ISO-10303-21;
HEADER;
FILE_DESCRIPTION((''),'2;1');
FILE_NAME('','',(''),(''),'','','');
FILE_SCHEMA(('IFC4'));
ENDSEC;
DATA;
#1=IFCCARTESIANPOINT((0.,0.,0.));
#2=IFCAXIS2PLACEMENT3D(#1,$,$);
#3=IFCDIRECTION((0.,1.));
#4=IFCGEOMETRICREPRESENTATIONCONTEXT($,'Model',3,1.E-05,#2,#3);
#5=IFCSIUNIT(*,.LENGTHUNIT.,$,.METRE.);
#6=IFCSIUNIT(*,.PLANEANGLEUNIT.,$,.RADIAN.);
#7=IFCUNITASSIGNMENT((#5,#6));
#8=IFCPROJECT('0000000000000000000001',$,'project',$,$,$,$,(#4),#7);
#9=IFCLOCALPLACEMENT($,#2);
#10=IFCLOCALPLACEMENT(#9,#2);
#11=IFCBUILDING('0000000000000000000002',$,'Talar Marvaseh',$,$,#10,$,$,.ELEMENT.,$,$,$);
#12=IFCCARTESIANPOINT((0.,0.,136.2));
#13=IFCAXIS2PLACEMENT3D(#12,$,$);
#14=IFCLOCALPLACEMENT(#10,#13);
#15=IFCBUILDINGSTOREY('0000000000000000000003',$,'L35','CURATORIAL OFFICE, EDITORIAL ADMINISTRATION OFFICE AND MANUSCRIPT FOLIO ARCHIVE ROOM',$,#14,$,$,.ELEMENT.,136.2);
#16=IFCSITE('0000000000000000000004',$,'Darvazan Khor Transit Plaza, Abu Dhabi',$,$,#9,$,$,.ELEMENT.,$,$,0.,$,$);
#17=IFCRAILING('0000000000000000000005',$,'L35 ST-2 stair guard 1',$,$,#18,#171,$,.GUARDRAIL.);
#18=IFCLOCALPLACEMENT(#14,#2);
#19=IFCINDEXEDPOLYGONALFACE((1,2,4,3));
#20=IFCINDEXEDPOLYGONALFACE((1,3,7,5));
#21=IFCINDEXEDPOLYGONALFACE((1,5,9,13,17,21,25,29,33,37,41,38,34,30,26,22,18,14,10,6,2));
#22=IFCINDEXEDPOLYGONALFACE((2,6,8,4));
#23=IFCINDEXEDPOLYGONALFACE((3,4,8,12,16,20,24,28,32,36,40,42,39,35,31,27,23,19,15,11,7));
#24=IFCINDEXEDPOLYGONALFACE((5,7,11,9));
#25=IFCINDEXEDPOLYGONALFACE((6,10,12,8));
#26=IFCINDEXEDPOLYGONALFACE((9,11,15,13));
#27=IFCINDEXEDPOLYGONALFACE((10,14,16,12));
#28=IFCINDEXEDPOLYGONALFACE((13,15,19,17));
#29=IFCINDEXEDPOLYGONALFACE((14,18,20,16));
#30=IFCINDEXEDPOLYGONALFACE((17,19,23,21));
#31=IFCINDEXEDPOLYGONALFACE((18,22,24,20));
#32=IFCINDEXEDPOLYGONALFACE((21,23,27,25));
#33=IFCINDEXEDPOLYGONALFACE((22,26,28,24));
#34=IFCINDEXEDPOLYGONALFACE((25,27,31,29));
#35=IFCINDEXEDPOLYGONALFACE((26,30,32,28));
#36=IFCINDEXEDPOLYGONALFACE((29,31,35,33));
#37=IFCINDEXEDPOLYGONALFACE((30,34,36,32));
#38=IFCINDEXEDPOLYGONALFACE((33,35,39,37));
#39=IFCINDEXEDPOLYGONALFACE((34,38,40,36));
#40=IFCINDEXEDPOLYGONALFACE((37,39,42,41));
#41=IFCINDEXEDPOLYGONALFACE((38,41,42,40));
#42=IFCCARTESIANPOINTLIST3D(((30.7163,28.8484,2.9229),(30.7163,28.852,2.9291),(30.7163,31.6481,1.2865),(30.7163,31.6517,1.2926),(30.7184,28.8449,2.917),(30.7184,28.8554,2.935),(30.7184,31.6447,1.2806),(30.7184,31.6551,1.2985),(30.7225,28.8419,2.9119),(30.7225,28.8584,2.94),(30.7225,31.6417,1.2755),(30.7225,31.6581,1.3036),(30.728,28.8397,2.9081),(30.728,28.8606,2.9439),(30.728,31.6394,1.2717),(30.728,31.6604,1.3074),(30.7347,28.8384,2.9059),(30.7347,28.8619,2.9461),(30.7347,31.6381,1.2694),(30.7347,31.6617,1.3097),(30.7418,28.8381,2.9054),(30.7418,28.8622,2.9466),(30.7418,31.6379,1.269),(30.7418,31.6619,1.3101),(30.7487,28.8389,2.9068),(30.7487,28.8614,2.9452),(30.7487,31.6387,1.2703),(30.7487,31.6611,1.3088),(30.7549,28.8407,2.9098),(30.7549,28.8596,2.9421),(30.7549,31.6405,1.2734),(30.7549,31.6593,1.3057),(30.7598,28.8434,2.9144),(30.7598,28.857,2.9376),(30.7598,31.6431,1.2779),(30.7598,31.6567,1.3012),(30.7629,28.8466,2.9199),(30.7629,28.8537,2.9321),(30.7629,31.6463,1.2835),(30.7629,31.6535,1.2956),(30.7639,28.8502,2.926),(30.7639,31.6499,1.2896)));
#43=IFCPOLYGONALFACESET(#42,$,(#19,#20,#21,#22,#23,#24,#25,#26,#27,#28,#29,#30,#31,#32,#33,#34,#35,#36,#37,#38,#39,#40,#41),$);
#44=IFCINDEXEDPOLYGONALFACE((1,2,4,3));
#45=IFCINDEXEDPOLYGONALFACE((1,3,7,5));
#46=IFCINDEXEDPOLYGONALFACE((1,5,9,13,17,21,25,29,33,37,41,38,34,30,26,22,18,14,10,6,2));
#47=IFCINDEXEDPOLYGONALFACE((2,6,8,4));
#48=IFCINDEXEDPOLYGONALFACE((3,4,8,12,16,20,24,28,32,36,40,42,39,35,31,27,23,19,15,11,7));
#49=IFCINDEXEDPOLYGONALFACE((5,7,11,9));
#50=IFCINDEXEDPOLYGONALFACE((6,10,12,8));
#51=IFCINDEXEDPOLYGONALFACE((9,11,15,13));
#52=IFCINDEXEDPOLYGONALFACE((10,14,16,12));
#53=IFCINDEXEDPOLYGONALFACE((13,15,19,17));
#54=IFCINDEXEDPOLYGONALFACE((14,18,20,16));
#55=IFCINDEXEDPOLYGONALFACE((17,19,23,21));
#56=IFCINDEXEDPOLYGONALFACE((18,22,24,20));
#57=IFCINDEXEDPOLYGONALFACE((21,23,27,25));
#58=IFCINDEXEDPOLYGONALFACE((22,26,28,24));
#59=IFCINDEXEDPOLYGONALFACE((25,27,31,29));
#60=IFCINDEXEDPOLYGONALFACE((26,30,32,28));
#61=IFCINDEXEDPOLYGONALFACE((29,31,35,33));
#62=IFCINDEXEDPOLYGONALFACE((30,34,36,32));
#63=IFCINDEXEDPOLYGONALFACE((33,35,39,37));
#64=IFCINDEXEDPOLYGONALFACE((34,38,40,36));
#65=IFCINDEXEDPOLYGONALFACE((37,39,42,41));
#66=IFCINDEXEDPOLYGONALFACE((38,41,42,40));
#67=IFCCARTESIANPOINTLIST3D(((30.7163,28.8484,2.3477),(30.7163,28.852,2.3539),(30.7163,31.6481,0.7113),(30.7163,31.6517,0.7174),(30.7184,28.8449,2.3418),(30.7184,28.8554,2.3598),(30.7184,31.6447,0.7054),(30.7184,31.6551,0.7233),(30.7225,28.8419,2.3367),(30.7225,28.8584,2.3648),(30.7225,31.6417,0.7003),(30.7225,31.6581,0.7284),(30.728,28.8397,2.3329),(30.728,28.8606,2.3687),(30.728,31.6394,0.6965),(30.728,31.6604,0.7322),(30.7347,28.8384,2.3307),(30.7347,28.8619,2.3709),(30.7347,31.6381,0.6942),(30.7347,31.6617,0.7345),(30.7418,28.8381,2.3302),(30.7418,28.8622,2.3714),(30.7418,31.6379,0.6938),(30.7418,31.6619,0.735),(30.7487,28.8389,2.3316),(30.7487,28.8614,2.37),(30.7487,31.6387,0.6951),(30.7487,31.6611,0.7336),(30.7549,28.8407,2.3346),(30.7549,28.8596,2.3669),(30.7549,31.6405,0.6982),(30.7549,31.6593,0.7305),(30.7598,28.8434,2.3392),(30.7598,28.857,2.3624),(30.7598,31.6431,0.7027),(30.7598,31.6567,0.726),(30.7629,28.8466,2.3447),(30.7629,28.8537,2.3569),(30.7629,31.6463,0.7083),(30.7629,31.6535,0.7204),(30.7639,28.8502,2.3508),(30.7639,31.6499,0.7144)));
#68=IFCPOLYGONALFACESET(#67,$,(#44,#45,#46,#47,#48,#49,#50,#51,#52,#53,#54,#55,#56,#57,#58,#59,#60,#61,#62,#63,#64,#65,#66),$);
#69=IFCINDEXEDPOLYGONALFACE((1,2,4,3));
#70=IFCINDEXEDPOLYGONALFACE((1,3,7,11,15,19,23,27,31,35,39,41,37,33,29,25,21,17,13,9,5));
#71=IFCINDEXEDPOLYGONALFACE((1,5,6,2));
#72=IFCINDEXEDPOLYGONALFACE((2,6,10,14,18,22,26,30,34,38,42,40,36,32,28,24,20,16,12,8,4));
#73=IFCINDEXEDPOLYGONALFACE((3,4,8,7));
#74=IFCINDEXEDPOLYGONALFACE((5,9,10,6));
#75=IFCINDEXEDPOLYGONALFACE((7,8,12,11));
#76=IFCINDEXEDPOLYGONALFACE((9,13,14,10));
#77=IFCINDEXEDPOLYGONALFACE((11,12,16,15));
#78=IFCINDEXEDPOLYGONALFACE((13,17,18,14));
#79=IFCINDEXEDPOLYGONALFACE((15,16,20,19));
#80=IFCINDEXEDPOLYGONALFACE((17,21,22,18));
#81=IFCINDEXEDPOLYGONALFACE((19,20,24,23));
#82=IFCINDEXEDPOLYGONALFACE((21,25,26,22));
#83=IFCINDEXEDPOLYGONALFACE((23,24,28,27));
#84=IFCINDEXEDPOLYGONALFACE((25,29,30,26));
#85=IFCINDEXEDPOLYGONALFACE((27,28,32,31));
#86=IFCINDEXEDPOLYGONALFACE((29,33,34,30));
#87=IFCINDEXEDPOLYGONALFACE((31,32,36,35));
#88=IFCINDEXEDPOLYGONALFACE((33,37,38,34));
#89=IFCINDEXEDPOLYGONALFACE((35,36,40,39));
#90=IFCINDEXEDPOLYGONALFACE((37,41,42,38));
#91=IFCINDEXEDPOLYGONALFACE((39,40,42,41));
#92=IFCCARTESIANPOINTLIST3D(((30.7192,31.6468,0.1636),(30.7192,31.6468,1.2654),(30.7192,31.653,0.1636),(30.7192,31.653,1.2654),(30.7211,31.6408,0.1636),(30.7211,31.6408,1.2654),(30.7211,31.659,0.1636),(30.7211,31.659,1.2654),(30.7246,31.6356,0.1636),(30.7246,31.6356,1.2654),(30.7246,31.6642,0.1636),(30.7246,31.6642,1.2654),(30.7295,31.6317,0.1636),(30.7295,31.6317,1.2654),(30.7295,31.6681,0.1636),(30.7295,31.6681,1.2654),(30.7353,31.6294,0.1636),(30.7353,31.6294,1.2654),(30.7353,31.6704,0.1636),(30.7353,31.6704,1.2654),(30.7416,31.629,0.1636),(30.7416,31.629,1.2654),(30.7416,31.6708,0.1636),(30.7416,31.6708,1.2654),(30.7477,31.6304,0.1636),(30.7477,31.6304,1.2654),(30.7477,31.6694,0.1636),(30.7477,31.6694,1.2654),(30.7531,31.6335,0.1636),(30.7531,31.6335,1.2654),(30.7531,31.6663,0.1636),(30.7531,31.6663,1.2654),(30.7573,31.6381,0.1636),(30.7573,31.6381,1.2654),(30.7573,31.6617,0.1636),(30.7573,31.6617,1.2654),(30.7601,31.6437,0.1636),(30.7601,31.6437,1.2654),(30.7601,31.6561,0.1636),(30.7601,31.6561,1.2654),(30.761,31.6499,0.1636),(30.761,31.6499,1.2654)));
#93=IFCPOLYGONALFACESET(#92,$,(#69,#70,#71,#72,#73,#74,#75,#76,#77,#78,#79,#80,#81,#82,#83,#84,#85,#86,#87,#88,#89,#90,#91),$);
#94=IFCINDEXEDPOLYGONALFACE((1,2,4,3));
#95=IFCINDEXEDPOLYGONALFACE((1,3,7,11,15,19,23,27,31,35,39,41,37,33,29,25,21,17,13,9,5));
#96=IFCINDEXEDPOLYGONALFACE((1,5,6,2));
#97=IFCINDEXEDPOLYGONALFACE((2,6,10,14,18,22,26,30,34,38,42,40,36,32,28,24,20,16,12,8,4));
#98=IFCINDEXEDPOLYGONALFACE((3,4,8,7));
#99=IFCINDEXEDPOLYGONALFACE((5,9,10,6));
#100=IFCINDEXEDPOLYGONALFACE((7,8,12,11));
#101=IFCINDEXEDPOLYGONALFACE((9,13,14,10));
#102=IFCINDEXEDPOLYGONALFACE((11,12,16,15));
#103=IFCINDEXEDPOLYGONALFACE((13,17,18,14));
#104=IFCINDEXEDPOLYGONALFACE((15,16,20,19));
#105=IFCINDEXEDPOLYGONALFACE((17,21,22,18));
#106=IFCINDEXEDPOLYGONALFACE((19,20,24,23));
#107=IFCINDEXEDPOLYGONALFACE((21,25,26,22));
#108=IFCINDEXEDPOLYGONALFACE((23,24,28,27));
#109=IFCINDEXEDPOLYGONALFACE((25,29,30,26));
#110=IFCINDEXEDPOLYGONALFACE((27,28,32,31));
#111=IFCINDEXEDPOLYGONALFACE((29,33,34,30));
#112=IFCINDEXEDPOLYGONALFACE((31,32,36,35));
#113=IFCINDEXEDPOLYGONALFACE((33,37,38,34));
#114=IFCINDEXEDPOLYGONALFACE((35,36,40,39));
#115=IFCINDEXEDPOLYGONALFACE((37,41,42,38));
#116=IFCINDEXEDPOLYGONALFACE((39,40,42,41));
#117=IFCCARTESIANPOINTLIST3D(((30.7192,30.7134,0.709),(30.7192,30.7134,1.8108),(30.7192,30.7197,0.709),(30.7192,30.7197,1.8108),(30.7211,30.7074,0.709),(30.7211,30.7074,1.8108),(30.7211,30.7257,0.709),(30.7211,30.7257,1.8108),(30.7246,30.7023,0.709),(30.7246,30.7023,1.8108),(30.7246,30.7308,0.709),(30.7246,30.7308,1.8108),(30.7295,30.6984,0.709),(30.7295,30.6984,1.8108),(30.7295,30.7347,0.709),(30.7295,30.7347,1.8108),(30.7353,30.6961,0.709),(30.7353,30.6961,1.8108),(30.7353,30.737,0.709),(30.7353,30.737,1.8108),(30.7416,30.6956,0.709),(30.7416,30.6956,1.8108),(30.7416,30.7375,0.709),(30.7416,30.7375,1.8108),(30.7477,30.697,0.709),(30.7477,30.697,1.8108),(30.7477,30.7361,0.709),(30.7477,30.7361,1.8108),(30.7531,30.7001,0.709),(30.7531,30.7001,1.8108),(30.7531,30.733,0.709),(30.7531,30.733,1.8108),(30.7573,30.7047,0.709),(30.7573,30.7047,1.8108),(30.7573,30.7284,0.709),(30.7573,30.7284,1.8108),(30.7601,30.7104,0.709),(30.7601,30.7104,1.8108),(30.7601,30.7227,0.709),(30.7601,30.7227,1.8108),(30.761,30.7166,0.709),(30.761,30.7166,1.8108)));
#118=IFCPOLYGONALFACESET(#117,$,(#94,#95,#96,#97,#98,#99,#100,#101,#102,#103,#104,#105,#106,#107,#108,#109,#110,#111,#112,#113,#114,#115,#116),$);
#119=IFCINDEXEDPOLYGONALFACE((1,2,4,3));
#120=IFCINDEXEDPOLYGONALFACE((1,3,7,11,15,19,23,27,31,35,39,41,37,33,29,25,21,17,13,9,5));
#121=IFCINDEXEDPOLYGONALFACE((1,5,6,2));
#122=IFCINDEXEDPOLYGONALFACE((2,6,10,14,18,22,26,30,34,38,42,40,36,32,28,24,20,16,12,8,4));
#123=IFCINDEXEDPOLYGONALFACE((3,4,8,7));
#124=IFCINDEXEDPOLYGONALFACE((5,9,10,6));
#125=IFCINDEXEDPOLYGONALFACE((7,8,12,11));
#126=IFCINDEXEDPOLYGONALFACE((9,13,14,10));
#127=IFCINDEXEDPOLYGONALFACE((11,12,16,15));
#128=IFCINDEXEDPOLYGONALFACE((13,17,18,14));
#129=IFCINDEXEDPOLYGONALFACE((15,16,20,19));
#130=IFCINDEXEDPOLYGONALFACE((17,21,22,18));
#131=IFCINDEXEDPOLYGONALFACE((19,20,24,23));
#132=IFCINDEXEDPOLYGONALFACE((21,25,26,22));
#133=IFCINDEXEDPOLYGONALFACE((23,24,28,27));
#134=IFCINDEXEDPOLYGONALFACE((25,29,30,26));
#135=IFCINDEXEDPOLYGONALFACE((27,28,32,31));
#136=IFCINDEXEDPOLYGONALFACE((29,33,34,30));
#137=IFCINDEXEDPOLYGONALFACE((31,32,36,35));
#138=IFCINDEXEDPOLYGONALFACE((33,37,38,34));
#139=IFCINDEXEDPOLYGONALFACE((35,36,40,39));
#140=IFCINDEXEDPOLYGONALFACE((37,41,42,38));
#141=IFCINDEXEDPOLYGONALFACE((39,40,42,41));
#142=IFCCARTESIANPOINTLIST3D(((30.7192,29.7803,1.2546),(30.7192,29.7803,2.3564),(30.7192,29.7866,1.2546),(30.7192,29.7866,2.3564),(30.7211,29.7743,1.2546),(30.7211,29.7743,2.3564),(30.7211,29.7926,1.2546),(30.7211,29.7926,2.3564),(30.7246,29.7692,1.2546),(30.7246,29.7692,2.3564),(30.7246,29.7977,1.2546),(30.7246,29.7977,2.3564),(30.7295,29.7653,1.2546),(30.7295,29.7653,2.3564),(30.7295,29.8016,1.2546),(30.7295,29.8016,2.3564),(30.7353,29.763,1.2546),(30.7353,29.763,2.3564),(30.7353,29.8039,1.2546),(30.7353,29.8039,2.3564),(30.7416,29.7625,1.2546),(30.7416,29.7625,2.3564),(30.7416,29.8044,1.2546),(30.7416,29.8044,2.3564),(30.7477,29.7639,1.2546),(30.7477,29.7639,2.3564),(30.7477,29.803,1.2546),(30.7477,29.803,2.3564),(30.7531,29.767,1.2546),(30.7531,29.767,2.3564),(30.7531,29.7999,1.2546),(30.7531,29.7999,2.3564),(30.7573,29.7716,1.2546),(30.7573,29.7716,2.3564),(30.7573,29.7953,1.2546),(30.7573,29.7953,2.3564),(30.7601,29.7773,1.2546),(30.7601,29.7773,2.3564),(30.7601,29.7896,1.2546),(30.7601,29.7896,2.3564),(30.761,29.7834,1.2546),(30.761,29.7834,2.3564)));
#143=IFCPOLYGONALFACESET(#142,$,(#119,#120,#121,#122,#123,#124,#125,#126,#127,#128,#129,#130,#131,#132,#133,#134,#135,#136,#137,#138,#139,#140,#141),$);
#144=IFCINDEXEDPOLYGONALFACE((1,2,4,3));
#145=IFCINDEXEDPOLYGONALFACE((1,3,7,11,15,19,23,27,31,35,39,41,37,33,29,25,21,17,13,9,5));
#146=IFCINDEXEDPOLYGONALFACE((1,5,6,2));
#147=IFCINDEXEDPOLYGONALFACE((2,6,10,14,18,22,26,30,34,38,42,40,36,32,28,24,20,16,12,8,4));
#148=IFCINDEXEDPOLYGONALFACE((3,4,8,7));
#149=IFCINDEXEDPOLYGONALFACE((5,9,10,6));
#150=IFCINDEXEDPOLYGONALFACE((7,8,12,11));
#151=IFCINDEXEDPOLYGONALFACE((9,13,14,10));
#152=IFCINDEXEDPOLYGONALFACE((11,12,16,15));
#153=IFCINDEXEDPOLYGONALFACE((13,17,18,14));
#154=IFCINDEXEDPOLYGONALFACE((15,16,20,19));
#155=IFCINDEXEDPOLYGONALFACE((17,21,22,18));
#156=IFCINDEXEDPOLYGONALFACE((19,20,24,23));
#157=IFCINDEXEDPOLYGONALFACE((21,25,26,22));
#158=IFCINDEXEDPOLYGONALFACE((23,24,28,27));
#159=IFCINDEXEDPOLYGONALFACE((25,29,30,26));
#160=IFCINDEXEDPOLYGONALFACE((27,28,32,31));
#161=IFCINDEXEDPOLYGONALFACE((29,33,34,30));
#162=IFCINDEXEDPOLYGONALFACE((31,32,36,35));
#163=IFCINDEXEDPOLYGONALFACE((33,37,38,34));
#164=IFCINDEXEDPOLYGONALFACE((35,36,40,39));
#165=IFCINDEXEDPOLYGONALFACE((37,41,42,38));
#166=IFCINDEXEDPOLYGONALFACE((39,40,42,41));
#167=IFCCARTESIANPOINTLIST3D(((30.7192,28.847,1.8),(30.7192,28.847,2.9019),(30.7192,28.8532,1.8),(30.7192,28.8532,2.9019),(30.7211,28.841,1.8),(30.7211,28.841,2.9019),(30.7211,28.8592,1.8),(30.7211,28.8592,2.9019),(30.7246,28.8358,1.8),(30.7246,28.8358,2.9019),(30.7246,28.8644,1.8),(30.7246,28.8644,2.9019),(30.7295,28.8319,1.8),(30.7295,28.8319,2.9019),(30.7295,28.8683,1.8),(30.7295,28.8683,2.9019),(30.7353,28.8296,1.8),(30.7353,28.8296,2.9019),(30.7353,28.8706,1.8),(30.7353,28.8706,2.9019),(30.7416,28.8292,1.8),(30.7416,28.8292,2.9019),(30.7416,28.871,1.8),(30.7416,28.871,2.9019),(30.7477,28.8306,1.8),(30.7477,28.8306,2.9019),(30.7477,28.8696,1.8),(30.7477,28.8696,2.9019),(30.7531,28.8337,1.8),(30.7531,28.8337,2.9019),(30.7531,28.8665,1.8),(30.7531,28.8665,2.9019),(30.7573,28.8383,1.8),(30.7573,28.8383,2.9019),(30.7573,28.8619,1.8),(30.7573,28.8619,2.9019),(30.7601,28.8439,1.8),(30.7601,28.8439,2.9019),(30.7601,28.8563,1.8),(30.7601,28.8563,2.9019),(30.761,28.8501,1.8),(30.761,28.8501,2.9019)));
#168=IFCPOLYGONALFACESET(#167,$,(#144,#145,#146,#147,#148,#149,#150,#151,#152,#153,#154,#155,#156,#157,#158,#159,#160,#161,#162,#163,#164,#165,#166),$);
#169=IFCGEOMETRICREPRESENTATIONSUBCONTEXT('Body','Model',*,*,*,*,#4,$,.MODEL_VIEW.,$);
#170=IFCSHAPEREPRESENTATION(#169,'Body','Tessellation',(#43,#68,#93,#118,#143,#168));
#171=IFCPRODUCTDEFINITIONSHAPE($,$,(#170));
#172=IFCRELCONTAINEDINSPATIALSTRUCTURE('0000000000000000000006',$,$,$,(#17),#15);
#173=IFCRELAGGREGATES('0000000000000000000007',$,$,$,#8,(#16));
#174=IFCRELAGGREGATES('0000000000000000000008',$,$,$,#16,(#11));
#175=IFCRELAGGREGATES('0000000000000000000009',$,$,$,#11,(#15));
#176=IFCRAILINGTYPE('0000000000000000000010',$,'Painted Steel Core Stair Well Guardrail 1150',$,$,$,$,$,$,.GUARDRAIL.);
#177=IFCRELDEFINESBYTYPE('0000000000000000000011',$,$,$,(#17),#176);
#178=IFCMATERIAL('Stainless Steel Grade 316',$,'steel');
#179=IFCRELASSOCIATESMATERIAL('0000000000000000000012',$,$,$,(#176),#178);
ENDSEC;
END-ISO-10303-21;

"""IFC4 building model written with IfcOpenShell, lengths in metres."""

from ifc_helpers import new_model, si_unit, direction, frame, origin, origin_2d, place, context, subcontext, project, spatial, circle, extrude, material, type_object, element, save


model = new_model("IFC4")

# Units and contexts
model_context = context("Model", 3, precision=1e-05, world=origin(), true_north=direction((0.0, 1.0)))
body_context = subcontext(model_context, "Body", "Model", "MODEL_VIEW")
ifc_project = project(units=[si_unit("LENGTHUNIT", "METRE"), si_unit("PLANEANGLEUNIT", "RADIAN")], contexts=[model_context])

# Site, building, storey
site_placement = place(None, origin())
site = spatial("IfcSite", under=ifc_project, at=site_placement, Name="Darvazan Khor Transit Plaza, Abu Dhabi", CompositionType="ELEMENT", RefElevation=0.0)
building_placement = place(site_placement, origin())
building = spatial("IfcBuilding", under=site, at=building_placement, Name="Talar Marvaseh", CompositionType="ELEMENT")
storey_placement = place(building_placement, frame((0.0, 0.0, 136.2)))
storey = spatial("IfcBuildingStorey", under=building, at=storey_placement, Name="L35", Description="CURATORIAL OFFICE, EDITORIAL ADMINISTRATION OFFICE AND MANUSCRIPT FOLIO ARCHIVE ROOM", CompositionType="ELEMENT", Elevation=136.2)

# Shared definitions
ifc_material_1 = material(Name="Stainless Steel Grade 316", Category="steel")

# Railing
railing_type_1 = type_object("IfcRailingType", Name="Painted Steel Core Stair Well Guardrail 1150", PredefinedType="GUARDRAIL", material=ifc_material_1)
railing_1_placement = place(storey_placement, frame((30.74, 31.6499, 0.1636)))
element("IfcRailing", 1, at=railing_1_placement, inside=storey, type_object=railing_type_1, Name="L35 ST-2 stair guard 1", PredefinedType="GUARDRAIL", context=body_context, shape_type="SweptSolid", body=[
    extrude(circle(Radius=0.0239, at=origin_2d()), frame((0.0, 0.0, 1.126), z_axis=(0.0, -0.863342, 0.50462), x_axis=(1.0, 0.0, 0.0)), (0.0, 0.0, 1.0), 3.2429),
    extrude(circle(Radius=0.0239, at=origin_2d()), frame((0.0, 0.0, 0.5508), z_axis=(0.0, -0.863342, 0.50462), x_axis=(1.0, 0.0, 0.0)), (0.0, 0.0, 1.0), 3.2429),
    extrude(circle(Radius=0.021, at=origin_2d()), origin(), (0.0, 0.0, 1.0), 1.1018),
    extrude(circle(Radius=0.021, at=origin_2d()), frame((0.0, -0.9333, 0.5454)), (0.0, 0.0, 1.0), 1.1018),
    extrude(circle(Radius=0.021, at=origin_2d()), frame((0.0, -1.8665, 1.0911)), (0.0, 0.0, 1.0), 1.1018),
    extrude(circle(Radius=0.021, at=origin_2d()), frame((0.0, -2.7998, 1.6365)), (0.0, 0.0, 1.0), 1.1018),
])

save(model, "model.ifc")
